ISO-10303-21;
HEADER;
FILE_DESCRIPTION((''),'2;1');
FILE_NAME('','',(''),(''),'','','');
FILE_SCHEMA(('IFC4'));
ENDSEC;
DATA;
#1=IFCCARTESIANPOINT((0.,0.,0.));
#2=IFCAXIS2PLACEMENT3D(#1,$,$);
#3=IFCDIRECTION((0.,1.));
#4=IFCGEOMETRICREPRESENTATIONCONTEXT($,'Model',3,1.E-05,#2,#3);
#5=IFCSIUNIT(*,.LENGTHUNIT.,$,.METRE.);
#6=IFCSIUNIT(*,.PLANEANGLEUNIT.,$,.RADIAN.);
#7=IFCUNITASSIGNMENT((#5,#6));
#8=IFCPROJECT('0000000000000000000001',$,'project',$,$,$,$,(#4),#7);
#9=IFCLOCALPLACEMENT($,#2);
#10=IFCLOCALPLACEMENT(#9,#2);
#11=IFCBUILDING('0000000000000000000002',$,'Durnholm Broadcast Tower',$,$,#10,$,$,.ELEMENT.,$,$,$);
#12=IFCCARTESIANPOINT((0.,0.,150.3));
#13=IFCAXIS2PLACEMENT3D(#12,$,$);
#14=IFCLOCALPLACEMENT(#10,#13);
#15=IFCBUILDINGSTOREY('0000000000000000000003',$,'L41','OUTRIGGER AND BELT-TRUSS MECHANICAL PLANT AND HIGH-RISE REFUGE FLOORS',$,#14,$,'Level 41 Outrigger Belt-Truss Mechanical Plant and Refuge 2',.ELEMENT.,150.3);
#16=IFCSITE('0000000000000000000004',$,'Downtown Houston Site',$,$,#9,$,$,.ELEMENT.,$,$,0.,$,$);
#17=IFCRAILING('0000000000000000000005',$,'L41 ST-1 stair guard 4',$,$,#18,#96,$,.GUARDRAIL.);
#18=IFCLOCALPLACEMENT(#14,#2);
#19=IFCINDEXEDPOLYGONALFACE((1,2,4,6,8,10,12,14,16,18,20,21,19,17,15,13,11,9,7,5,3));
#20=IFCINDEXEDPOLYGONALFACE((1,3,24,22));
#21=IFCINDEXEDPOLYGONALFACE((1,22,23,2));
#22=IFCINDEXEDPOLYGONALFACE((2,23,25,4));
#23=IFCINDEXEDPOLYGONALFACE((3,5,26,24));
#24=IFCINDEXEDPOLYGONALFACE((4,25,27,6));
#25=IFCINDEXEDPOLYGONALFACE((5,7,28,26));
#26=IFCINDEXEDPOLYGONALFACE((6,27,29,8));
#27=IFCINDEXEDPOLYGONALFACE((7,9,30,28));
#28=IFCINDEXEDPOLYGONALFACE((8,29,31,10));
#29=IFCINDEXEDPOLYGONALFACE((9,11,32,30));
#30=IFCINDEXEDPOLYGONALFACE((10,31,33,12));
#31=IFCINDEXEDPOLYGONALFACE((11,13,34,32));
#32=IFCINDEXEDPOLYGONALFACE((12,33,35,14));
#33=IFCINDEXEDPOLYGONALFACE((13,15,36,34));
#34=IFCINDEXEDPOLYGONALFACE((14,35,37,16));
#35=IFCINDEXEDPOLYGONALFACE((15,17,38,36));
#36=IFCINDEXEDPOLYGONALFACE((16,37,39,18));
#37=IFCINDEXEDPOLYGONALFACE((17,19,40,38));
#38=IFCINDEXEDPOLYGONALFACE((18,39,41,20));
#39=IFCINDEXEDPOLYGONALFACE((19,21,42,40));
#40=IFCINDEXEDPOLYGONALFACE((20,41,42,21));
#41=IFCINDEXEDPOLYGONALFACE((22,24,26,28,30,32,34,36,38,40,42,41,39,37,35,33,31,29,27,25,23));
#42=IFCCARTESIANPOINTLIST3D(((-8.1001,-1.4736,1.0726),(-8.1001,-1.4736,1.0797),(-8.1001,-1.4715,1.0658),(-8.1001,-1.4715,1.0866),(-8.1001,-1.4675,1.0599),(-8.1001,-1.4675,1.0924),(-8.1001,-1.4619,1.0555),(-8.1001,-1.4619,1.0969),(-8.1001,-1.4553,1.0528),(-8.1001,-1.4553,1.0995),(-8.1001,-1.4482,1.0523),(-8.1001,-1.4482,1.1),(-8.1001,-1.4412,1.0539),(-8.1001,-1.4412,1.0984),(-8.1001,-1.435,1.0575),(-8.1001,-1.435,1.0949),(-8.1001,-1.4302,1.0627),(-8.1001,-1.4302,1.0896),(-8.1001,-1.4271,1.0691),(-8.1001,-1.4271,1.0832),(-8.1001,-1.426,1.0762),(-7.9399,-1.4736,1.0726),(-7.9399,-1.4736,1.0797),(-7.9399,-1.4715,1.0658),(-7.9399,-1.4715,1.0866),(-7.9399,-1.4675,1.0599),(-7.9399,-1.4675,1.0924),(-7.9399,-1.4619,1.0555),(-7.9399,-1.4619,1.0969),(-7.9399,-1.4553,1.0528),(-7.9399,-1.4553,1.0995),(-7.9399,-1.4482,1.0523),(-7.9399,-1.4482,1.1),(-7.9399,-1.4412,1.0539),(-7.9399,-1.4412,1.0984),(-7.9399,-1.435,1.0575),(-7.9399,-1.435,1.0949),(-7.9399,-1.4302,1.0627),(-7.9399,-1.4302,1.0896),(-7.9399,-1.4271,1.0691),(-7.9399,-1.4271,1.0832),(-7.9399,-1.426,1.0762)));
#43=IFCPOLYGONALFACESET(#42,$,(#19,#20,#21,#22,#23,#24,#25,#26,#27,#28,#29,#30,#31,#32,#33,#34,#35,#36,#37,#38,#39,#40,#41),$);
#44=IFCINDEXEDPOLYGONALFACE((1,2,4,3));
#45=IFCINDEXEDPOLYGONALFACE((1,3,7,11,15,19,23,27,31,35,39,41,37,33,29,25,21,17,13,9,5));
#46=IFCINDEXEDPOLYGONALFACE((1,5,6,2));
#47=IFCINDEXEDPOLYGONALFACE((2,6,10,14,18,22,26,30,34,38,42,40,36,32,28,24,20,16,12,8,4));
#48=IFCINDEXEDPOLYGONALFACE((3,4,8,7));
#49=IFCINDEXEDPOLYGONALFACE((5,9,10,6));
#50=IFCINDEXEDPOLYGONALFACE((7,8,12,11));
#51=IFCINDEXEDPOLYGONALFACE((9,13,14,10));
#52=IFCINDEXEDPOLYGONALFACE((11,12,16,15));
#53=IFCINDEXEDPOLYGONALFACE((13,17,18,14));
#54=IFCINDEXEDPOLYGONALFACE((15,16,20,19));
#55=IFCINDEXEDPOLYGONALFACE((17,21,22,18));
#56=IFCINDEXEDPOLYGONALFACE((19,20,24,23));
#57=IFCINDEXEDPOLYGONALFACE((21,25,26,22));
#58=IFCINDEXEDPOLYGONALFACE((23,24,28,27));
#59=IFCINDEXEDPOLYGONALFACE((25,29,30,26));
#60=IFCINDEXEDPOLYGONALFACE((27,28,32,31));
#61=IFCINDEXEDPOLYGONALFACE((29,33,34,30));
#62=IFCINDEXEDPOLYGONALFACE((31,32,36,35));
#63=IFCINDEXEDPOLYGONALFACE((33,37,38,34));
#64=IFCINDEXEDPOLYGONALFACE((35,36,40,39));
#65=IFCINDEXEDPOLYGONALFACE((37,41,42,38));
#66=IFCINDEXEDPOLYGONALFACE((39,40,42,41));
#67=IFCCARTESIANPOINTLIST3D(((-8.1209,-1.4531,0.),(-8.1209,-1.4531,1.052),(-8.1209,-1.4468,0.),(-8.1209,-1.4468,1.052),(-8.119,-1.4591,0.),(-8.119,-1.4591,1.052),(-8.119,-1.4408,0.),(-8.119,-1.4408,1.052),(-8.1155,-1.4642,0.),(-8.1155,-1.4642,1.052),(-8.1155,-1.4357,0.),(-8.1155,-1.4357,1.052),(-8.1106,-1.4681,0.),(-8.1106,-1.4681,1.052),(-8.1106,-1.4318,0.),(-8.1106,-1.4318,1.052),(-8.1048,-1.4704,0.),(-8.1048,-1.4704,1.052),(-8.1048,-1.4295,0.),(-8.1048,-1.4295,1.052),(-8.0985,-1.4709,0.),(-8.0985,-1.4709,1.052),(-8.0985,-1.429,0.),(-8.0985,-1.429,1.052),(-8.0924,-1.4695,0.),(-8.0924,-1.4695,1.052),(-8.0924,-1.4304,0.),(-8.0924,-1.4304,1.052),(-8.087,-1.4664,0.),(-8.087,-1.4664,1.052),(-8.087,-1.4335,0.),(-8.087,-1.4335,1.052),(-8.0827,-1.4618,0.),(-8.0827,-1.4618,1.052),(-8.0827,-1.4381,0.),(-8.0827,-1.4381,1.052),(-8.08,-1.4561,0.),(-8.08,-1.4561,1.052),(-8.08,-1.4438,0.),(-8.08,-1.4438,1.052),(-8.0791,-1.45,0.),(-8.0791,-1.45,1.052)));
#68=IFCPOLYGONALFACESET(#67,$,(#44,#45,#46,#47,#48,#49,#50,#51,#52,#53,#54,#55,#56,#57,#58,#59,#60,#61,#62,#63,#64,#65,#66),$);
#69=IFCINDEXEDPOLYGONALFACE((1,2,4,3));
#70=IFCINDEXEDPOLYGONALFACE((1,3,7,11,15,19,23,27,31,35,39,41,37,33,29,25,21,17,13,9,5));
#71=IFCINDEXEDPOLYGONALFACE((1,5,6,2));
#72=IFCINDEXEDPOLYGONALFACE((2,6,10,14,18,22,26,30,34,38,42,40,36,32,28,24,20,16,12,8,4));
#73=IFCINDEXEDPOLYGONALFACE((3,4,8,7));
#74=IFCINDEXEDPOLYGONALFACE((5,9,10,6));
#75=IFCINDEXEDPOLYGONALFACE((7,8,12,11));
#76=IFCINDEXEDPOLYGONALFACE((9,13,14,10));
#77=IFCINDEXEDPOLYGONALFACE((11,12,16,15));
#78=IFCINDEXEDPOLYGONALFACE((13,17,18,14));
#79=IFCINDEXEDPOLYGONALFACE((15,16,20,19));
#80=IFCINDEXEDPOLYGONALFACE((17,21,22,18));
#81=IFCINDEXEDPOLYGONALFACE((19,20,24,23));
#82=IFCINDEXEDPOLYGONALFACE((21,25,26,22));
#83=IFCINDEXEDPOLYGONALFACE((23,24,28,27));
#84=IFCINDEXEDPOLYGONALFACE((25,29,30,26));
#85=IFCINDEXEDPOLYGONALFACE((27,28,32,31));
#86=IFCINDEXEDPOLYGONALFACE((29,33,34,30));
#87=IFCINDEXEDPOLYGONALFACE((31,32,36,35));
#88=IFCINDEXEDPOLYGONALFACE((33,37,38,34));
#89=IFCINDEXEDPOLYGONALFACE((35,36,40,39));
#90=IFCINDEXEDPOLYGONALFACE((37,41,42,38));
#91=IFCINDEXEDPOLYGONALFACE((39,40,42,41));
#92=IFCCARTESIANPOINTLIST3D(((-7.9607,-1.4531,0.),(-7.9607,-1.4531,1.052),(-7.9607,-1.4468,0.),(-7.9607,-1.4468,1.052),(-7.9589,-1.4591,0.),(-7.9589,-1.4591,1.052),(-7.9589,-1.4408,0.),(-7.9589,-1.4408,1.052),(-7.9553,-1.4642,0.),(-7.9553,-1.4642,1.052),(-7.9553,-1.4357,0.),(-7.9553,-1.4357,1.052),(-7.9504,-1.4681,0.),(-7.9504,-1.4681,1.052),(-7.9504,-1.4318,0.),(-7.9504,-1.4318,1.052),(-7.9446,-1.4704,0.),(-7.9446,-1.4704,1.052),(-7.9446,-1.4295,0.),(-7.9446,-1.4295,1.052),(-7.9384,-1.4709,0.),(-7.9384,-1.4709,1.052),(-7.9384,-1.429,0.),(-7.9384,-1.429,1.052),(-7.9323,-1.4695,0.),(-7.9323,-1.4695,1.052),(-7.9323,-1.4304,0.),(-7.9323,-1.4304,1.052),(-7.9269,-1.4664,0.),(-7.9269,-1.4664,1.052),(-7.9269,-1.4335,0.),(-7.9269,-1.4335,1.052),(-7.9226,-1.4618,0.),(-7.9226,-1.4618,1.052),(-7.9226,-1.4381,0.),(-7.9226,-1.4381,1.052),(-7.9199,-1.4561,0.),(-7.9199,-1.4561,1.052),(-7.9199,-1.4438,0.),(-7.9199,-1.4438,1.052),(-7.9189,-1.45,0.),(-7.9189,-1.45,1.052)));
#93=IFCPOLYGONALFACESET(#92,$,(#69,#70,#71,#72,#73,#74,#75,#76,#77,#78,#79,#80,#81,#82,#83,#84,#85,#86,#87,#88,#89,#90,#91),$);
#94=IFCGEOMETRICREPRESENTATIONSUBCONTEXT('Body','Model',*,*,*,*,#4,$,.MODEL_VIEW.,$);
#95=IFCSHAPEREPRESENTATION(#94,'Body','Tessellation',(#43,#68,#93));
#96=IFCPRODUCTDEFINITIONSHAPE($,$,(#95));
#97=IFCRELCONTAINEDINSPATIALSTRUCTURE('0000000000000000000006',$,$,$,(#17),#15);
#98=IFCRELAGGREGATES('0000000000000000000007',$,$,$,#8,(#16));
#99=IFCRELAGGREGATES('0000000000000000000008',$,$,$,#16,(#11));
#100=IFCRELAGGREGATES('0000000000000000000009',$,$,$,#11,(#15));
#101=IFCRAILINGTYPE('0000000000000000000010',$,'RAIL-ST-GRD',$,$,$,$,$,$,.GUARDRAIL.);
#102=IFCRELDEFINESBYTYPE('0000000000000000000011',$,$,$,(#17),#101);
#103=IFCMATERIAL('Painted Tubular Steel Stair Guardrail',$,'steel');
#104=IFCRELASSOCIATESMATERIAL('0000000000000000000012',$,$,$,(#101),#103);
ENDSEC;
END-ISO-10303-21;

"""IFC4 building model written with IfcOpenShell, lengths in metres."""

from ifc_helpers import new_model, si_unit, direction, frame, origin, origin_2d, place, context, subcontext, project, spatial, circle, extrude, material, type_object, element, save


model = new_model("IFC4")

# Units and contexts
model_context = context("Model", 3, precision=1e-05, world=origin(), true_north=direction((0.0, 1.0)))
body_context = subcontext(model_context, "Body", "Model", "MODEL_VIEW")
ifc_project = project(units=[si_unit("LENGTHUNIT", "METRE"), si_unit("PLANEANGLEUNIT", "RADIAN")], contexts=[model_context])

# Site, building, storey
site_placement = place(None, origin())
site = spatial("IfcSite", under=ifc_project, at=site_placement, Name="Downtown Houston Site", CompositionType="ELEMENT", RefElevation=0.0)
building_placement = place(site_placement, origin())
building = spatial("IfcBuilding", under=site, at=building_placement, Name="Durnholm Broadcast Tower", CompositionType="ELEMENT")
storey_placement = place(building_placement, frame((0.0, 0.0, 150.3)))
storey = spatial("IfcBuildingStorey", under=building, at=storey_placement, Name="L41", Description="OUTRIGGER AND BELT-TRUSS MECHANICAL PLANT AND HIGH-RISE REFUGE FLOORS", LongName="Level 41 Outrigger Belt-Truss Mechanical Plant and Refuge 2", CompositionType="ELEMENT", Elevation=150.3)

# Railing
ifc_material_1 = material(Name="Painted Tubular Steel Stair Guardrail", Category="steel")
railing_type_1 = type_object("IfcRailingType", Name="RAIL-ST-GRD", PredefinedType="GUARDRAIL", material=ifc_material_1)
railing_1_placement = place(storey_placement, frame((-8.1001, -1.45, 0.0)))
element("IfcRailing", 1, at=railing_1_placement, inside=storey, type_object=railing_type_1, Name="L41 ST-1 stair guard 4", PredefinedType="GUARDRAIL", context=body_context, shape_type="SweptSolid", body=[
    extrude(circle(Radius=0.0239, at=origin_2d()), frame((0.0, 0.0, 1.0762), z_axis=(1.0, 0.0, 0.0), x_axis=(0.0, 1.0, 0.0)), (0.0, 0.0, 1.0), 0.1602),
    extrude(circle(Radius=0.021, at=origin_2d()), origin(), (0.0, 0.0, 1.0), 1.052),
    extrude(circle(Radius=0.021, at=origin_2d()), frame((0.1602, 0.0, 0.0)), (0.0, 0.0, 1.0), 1.052),
])

save(model, "model.ifc")
